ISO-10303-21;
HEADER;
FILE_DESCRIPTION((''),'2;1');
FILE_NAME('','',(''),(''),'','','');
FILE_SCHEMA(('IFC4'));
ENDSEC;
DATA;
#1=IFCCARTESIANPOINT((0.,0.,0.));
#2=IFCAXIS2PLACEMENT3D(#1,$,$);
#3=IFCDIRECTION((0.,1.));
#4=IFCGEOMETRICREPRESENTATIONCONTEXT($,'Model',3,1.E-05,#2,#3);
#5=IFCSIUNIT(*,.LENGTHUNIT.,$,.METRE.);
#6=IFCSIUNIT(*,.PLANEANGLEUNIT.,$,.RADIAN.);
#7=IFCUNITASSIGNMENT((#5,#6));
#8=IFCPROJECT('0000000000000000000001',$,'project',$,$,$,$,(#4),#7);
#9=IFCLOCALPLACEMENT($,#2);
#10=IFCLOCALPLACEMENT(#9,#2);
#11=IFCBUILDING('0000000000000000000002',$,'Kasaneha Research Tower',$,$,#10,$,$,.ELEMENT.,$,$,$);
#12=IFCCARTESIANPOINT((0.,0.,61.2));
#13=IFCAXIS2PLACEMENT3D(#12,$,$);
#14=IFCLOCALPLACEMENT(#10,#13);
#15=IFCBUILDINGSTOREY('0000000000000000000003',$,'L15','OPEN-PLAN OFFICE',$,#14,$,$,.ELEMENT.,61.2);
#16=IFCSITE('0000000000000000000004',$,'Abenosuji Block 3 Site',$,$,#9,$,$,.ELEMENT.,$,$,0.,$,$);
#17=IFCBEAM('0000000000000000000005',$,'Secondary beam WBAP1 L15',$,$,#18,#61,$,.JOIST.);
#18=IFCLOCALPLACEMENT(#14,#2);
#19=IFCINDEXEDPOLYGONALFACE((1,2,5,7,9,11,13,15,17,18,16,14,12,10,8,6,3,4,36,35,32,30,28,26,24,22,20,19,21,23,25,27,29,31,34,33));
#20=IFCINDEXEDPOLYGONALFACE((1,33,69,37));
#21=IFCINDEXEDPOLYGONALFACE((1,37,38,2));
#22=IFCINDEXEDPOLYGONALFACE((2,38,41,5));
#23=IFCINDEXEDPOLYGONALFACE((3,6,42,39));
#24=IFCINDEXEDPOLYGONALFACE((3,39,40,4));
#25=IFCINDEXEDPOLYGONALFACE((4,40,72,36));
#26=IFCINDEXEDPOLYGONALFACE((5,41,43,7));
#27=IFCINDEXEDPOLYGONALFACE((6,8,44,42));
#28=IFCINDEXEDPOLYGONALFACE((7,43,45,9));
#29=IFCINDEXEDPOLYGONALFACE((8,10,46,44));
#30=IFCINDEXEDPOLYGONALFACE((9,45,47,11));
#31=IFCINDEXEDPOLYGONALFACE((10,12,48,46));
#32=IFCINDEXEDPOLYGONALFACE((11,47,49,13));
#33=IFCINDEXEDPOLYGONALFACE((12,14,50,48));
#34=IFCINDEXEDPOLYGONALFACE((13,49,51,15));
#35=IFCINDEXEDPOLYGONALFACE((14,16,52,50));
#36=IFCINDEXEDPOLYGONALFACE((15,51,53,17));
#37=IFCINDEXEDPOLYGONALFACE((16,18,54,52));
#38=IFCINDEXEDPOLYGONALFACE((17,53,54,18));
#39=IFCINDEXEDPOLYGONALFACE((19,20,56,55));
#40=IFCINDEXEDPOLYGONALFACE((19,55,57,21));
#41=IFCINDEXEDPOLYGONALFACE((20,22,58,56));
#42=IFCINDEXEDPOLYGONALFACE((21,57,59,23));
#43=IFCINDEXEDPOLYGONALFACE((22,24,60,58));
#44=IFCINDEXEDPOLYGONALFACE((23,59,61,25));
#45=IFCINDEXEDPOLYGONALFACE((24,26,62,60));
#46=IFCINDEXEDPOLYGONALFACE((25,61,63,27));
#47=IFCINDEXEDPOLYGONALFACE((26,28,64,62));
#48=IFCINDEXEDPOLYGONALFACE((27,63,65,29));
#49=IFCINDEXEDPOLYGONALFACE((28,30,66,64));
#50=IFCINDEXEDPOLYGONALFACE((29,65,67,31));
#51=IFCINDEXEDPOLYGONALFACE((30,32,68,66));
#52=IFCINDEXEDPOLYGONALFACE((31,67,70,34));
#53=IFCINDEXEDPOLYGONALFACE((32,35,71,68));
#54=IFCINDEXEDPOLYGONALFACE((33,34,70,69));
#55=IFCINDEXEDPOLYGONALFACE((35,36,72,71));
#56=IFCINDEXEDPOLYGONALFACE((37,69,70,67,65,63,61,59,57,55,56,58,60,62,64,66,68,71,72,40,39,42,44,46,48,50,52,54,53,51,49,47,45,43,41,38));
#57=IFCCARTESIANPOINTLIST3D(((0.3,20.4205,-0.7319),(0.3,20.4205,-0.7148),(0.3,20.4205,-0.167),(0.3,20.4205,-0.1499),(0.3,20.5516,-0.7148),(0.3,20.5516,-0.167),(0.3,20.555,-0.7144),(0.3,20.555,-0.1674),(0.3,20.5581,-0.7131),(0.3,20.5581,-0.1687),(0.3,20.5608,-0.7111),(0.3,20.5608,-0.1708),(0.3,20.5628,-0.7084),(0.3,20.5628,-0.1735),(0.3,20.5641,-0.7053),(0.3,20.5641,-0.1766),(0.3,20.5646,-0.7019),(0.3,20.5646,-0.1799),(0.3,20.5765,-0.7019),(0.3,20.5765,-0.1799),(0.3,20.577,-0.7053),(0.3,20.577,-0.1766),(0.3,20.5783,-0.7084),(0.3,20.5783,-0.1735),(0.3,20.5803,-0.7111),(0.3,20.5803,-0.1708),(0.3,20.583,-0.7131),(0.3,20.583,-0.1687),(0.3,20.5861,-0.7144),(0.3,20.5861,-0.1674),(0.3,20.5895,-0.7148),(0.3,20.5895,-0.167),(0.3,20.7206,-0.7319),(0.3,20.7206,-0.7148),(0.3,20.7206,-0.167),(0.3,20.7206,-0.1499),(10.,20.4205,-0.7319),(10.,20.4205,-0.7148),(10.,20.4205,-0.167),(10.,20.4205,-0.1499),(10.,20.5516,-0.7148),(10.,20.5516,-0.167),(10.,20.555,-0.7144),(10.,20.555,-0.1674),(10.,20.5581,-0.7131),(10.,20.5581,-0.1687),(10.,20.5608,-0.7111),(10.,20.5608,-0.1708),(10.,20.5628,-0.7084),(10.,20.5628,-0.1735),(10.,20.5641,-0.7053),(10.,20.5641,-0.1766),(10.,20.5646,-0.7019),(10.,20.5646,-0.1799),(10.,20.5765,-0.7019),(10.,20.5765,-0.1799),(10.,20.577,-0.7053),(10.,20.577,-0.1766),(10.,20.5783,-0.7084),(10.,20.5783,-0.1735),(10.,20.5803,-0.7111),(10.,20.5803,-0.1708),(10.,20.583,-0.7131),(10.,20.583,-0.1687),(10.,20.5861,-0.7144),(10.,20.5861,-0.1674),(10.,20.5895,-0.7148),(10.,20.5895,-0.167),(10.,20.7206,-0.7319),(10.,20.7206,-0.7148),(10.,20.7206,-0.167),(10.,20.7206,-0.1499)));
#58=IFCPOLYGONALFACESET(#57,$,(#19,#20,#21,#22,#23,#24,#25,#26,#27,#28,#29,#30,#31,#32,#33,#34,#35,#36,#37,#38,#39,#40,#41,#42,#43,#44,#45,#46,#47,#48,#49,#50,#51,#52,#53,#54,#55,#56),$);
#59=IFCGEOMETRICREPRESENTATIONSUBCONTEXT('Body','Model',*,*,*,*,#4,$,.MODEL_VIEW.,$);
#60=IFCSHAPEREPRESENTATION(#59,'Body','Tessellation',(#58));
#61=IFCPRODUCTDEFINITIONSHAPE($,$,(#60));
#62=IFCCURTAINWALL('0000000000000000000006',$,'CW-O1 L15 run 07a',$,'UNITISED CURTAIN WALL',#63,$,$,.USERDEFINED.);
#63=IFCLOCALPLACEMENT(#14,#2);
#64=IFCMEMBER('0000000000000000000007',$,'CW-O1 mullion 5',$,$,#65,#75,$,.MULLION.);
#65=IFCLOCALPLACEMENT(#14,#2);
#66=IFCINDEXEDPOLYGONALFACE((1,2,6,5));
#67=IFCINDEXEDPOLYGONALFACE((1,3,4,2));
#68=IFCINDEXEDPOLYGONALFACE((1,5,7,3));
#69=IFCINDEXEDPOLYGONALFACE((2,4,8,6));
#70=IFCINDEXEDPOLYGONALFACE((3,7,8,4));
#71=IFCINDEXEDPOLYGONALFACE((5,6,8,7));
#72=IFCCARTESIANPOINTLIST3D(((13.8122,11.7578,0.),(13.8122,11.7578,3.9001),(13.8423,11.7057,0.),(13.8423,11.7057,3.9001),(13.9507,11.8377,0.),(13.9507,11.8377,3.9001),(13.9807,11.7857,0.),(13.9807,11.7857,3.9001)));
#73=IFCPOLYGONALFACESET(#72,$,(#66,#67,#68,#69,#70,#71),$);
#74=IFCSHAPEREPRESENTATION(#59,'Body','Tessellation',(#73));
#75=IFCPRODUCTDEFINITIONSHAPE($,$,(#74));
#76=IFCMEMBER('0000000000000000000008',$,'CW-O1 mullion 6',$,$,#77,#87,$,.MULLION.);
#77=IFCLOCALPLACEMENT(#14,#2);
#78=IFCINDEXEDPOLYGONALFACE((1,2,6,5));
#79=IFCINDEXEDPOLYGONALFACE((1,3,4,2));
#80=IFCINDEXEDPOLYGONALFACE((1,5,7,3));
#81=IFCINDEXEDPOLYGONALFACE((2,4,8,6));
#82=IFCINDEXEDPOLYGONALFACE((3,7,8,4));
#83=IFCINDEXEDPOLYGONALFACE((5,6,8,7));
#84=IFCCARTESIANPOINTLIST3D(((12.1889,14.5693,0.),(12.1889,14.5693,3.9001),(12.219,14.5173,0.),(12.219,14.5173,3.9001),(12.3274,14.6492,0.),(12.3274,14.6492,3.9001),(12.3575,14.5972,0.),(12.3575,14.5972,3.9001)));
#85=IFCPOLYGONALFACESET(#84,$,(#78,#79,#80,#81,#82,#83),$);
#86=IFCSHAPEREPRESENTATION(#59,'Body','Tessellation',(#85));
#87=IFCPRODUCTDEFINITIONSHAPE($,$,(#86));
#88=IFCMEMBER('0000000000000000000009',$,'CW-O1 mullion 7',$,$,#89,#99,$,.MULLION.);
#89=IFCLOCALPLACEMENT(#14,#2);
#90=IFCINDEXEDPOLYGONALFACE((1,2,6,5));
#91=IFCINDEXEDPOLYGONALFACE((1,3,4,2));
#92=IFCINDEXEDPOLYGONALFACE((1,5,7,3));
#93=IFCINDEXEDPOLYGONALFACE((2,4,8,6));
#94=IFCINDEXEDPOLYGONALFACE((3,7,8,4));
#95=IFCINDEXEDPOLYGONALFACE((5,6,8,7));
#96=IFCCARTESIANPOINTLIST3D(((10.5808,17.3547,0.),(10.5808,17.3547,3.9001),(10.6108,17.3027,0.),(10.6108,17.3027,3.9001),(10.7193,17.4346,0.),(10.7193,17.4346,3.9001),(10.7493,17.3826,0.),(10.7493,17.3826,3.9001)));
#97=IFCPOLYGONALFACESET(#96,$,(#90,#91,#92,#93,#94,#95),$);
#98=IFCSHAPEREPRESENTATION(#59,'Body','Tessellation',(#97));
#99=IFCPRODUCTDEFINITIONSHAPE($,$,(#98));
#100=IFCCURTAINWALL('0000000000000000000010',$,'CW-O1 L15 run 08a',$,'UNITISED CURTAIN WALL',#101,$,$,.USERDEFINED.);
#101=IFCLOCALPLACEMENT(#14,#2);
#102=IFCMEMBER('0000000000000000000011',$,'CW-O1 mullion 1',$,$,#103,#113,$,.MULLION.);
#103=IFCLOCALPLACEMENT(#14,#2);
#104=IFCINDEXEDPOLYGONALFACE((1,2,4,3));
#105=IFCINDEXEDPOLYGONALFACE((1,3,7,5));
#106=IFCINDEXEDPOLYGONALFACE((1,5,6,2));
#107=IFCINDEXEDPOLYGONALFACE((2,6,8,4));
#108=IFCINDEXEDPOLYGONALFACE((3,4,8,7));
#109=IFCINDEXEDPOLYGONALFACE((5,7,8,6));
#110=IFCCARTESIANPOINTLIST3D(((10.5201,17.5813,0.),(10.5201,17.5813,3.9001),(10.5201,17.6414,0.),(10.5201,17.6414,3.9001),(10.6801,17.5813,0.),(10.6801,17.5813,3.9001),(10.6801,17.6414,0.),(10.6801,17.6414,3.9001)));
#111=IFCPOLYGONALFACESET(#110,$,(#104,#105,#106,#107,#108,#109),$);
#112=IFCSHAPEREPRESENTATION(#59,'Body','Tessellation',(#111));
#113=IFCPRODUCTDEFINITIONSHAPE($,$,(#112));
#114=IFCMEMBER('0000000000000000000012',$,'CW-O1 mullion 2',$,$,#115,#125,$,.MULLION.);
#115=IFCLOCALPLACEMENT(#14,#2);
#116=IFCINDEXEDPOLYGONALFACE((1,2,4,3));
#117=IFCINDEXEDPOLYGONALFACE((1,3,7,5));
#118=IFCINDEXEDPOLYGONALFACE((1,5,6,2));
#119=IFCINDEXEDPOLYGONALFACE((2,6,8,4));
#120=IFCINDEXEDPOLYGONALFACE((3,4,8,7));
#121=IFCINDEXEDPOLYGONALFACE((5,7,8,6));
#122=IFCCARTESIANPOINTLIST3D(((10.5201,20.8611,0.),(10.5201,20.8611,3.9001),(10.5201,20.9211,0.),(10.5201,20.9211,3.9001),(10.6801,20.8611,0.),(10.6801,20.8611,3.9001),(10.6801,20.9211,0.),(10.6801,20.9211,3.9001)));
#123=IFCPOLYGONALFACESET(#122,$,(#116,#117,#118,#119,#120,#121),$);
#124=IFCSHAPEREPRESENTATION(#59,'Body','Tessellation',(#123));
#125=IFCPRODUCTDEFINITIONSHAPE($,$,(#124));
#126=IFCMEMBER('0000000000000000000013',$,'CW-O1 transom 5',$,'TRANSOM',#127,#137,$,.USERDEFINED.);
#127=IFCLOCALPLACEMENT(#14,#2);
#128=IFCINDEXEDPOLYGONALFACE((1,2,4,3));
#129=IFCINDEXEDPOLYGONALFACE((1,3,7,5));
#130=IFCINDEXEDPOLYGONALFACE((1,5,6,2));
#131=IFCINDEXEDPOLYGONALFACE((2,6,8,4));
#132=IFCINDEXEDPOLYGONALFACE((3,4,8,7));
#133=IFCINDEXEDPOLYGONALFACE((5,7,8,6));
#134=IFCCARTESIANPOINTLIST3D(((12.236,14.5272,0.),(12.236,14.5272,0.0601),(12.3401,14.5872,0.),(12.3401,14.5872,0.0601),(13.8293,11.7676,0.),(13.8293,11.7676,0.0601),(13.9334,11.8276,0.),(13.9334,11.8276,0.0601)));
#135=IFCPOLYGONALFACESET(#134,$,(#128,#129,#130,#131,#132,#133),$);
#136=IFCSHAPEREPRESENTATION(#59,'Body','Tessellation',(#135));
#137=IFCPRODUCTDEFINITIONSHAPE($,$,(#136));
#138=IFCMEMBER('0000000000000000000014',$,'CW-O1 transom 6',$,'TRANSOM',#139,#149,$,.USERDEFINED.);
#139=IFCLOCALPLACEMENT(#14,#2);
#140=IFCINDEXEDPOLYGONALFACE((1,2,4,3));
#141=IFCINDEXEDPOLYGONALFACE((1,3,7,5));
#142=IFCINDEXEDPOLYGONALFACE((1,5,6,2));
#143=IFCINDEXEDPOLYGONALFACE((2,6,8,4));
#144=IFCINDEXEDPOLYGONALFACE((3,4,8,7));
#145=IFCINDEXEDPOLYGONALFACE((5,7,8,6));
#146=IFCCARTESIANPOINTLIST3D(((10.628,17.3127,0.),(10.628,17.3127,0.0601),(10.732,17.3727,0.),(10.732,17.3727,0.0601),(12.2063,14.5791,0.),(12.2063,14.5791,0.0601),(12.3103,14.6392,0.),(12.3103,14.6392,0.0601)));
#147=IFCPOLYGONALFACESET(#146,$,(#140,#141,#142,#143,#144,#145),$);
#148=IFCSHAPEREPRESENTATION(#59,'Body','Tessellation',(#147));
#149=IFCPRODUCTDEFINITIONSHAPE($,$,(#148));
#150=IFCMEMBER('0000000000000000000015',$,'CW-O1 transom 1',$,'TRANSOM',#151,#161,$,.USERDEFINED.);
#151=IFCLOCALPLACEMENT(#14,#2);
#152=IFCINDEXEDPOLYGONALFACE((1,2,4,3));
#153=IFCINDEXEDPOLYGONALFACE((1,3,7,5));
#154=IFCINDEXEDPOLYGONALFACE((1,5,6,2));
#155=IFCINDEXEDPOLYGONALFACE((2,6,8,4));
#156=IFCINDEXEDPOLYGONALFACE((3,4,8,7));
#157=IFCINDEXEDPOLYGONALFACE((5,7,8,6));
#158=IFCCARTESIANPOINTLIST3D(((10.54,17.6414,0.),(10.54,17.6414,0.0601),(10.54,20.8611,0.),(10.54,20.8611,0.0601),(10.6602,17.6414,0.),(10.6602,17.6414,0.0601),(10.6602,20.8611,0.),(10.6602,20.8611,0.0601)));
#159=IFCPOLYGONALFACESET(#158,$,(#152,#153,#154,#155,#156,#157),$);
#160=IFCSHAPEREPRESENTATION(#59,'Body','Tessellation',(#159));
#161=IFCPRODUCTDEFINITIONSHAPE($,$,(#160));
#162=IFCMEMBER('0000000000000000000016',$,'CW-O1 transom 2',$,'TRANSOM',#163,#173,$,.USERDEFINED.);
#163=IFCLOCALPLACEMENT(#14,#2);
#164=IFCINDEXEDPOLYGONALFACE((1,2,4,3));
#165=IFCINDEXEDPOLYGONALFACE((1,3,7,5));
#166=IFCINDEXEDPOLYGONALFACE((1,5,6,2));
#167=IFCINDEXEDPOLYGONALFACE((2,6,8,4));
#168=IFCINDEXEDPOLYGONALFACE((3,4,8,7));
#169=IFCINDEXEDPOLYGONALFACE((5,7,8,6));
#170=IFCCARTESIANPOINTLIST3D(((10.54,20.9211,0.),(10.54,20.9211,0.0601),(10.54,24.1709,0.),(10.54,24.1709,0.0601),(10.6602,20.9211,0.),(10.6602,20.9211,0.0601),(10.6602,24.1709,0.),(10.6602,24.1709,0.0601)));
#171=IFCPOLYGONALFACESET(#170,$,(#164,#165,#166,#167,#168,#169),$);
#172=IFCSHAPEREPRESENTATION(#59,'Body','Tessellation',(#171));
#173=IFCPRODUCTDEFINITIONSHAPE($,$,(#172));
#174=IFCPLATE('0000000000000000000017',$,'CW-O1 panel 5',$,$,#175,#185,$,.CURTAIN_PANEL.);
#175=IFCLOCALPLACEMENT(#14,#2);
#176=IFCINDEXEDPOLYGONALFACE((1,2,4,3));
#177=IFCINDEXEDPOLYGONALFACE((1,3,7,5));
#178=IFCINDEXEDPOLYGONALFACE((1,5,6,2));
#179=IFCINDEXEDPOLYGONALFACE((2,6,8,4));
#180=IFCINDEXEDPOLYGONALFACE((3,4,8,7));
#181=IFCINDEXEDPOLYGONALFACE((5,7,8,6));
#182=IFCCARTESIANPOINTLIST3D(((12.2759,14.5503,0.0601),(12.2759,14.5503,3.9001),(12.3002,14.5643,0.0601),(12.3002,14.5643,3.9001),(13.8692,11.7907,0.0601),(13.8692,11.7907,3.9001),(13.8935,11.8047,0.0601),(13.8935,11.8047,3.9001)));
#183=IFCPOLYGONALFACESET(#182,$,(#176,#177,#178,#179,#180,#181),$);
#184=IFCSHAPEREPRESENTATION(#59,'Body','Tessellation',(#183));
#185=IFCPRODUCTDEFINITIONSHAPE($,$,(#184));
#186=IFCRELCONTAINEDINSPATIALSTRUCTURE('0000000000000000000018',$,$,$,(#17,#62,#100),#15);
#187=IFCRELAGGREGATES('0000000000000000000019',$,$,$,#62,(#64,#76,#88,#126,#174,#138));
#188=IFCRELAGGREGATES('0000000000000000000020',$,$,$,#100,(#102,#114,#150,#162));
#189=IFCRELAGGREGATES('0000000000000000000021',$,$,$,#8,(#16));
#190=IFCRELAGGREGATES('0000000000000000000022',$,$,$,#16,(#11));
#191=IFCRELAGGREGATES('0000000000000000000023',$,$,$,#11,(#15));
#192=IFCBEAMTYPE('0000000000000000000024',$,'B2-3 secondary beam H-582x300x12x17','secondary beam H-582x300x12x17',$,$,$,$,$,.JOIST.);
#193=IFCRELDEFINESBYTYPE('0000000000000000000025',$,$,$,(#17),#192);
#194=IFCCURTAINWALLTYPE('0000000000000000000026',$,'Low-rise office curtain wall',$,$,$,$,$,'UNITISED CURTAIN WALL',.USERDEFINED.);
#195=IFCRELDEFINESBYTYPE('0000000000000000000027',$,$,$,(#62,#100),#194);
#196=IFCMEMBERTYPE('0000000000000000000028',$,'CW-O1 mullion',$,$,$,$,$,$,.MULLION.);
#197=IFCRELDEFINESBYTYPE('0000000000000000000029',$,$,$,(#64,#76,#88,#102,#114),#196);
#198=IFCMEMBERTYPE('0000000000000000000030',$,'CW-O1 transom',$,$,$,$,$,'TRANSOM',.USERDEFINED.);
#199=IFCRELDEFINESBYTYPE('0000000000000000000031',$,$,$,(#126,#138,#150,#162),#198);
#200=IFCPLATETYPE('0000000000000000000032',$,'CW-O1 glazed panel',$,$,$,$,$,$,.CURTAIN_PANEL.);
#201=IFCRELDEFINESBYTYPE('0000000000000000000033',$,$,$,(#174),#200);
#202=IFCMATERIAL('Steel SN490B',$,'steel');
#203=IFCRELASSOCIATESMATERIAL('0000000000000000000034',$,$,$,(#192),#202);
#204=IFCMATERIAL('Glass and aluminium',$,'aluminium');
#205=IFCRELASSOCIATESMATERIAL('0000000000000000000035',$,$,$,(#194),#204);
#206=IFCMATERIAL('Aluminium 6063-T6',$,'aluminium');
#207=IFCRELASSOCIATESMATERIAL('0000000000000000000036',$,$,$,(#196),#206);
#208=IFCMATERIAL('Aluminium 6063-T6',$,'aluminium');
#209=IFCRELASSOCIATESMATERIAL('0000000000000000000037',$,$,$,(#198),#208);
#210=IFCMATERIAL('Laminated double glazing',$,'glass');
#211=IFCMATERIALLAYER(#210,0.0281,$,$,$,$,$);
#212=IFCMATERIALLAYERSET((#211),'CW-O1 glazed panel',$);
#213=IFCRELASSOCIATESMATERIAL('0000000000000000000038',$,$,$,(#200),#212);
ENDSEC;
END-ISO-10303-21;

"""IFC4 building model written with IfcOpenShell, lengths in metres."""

from ifc_helpers import new_model, si_unit, direction, frame, origin, origin_2d, place, context, subcontext, project, spatial, rectangle, i_section, extrude, material, layer, layer_set, material_profile, profile_set, type_object, element, aggregate, save


model = new_model("IFC4")

# Units and contexts
model_context = context("Model", 3, precision=1e-05, world=origin(), true_north=direction((0.0, 1.0)))
body_context = subcontext(model_context, "Body", "Model", "MODEL_VIEW")
ifc_project = project(units=[si_unit("LENGTHUNIT", "METRE"), si_unit("PLANEANGLEUNIT", "RADIAN")], contexts=[model_context])

# Site, building, storey
site_placement = place(None, origin())
site = spatial("IfcSite", under=ifc_project, at=site_placement, Name="Abenosuji Block 3 Site", CompositionType="ELEMENT", RefElevation=0.0)
building_placement = place(site_placement, origin())
building = spatial("IfcBuilding", under=site, at=building_placement, Name="Kasaneha Research Tower", CompositionType="ELEMENT")
storey_placement = place(building_placement, frame((0.0, 0.0, 61.2)))
storey = spatial("IfcBuildingStorey", under=building, at=storey_placement, Name="L15", Description="OPEN-PLAN OFFICE", CompositionType="ELEMENT", Elevation=61.2)

# Beam
ifc_material_1 = material(Name="Steel SN490B", Category="steel")
ifc_material_profile_1 = material_profile(ifc_material_1, i_section(OverallWidth=0.3, OverallDepth=0.582, WebThickness=0.012, FlangeThickness=0.0171, FilletRadius=0.0129, at=origin_2d()), Name="H-582x300x12x17")
ifc_profile_set_1 = profile_set([ifc_material_profile_1], Name="Steel SN490B")
beam_type = type_object("IfcBeamType", Name="B2-3 secondary beam H-582x300x12x17", Description="secondary beam H-582x300x12x17", PredefinedType="JOIST", material=ifc_profile_set_1)
beam_placement = place(storey_placement, frame((10.0, 20.5706, -0.4409), z_axis=(-1.0, 0.0, 0.0), x_axis=(0.0, -1.0, 0.0)))
element("IfcBeam", 1, at=beam_placement, inside=storey, type_object=beam_type, Name="Secondary beam WBAP1 L15", PredefinedType="JOIST", context=body_context, shape_type="SweptSolid", body=[
    extrude(i_section(OverallWidth=0.3, OverallDepth=0.582, WebThickness=0.012, FlangeThickness=0.0171, FilletRadius=0.0129, at=origin_2d()), origin(), (0.0, 0.0, 1.0), 9.7),
])

# Curtain walls, members
ifc_material_2 = material(Name="Glass and aluminium", Category="aluminium")
curtain_wall_type = type_object("IfcCurtainWallType", Name="Low-rise office curtain wall", ElementType="UNITISED CURTAIN WALL", PredefinedType="USERDEFINED", material=ifc_material_2)
curtain_wall_1_placement = place(storey_placement, origin())
curtain_wall_1 = element("IfcCurtainWall", 2, at=curtain_wall_1_placement, inside=storey, type_object=curtain_wall_type, Name="CW-O1 L15 run 07a", ObjectType="UNITISED CURTAIN WALL", PredefinedType="USERDEFINED")
ifc_material_3 = material(Name="Aluminium 6063-T6", Category="aluminium")
ifc_material_profile_2 = material_profile(ifc_material_3, rectangle(XDim=0.0601, YDim=0.1599, at=origin_2d()), Name="CW-O1 mullion 60x160")
ifc_profile_set_2 = profile_set([ifc_material_profile_2], Name="Aluminium 6063-T6")
member_type_1 = type_object("IfcMemberType", Name="CW-O1 mullion", PredefinedType="MULLION", material=ifc_profile_set_2)
member_1_placement = place(storey_placement, frame((13.8965, 11.7717, 0.0), z_axis=(0.0, 0.0, 1.0), x_axis=(-0.5, 0.866025, 0.0)))
member_1 = element("IfcMember", 3, at=member_1_placement, type_object=member_type_1, Name="CW-O1 mullion 5", PredefinedType="MULLION", context=body_context, shape_type="SweptSolid", body=[
    extrude(rectangle(XDim=0.0601, YDim=0.1599, at=origin_2d()), origin(), (0.0, 0.0, 1.0), 3.9001),
])
member_2_placement = place(storey_placement, frame((12.2732, 14.5833, 0.0), z_axis=(0.0, 0.0, 1.0), x_axis=(-0.5, 0.866025, 0.0)))
member_2 = element("IfcMember", 4, at=member_2_placement, type_object=member_type_1, Name="CW-O1 mullion 6", PredefinedType="MULLION", context=body_context, shape_type="SweptSolid", body=[
    extrude(rectangle(XDim=0.0601, YDim=0.1599, at=origin_2d()), origin(), (0.0, 0.0, 1.0), 3.9001),
])
member_3_placement = place(storey_placement, frame((10.665, 17.3687, 0.0), z_axis=(0.0, 0.0, 1.0), x_axis=(-0.5, 0.866025, 0.0)))
member_3 = element("IfcMember", 5, at=member_3_placement, type_object=member_type_1, Name="CW-O1 mullion 7", PredefinedType="MULLION", context=body_context, shape_type="SweptSolid", body=[
    extrude(rectangle(XDim=0.0601, YDim=0.1599, at=origin_2d()), origin(), (0.0, 0.0, 1.0), 3.9001),
])
curtain_wall_2_placement = place(storey_placement, origin())
curtain_wall_2 = element("IfcCurtainWall", 6, at=curtain_wall_2_placement, inside=storey, type_object=curtain_wall_type, Name="CW-O1 L15 run 08a", ObjectType="UNITISED CURTAIN WALL", PredefinedType="USERDEFINED")
member_4_placement = place(storey_placement, frame((10.6001, 17.6113, 0.0), z_axis=(0.0, 0.0, 1.0), x_axis=(0.0, 1.0, 0.0)))
member_4 = element("IfcMember", 7, at=member_4_placement, type_object=member_type_1, Name="CW-O1 mullion 1", PredefinedType="MULLION", context=body_context, shape_type="SweptSolid", body=[
    extrude(rectangle(XDim=0.0601, YDim=0.1599, at=origin_2d()), origin(), (0.0, 0.0, 1.0), 3.9001),
])
member_5_placement = place(storey_placement, frame((10.6001, 20.8911, 0.0), z_axis=(0.0, 0.0, 1.0), x_axis=(0.0, 1.0, 0.0)))
member_5 = element("IfcMember", 8, at=member_5_placement, type_object=member_type_1, Name="CW-O1 mullion 2", PredefinedType="MULLION", context=body_context, shape_type="SweptSolid", body=[
    extrude(rectangle(XDim=0.0601, YDim=0.1599, at=origin_2d()), origin(), (0.0, 0.0, 1.0), 3.9001),
])

# Members
ifc_material_4 = material(Name="Aluminium 6063-T6", Category="aluminium")
ifc_material_profile_3 = material_profile(ifc_material_4, rectangle(XDim=0.1201, YDim=0.0601, at=origin_2d()), Name="CW-O1 transom 120x60")
ifc_profile_set_3 = profile_set([ifc_material_profile_3], Name="Aluminium 6063-T6")
member_type_2 = type_object("IfcMemberType", Name="CW-O1 transom", ElementType="TRANSOM", PredefinedType="USERDEFINED", material=ifc_profile_set_3)
member_6_placement = place(storey_placement, frame((13.8813, 11.7976, 0.03), z_axis=(-0.500012, 0.866018, 0.0), x_axis=(-0.866018, -0.500012, 0.0)))
member_6 = element("IfcMember", 9, at=member_6_placement, type_object=member_type_2, Name="CW-O1 transom 5", ObjectType="TRANSOM", PredefinedType="USERDEFINED", context=body_context, shape_type="SweptSolid", body=[
    extrude(rectangle(XDim=0.1201, YDim=0.0601, at=origin_2d()), origin(), (0.0, 0.0, 1.0), 3.1865),
])
member_7_placement = place(storey_placement, frame((12.2583, 14.6091, 0.03), z_axis=(-0.500024, 0.866012, 0.0), x_axis=(-0.866012, -0.500024, 0.0)))
member_7 = element("IfcMember", 10, at=member_7_placement, type_object=member_type_2, Name="CW-O1 transom 6", ObjectType="TRANSOM", PredefinedType="USERDEFINED", context=body_context, shape_type="SweptSolid", body=[
    extrude(rectangle(XDim=0.1201, YDim=0.0601, at=origin_2d()), origin(), (0.0, 0.0, 1.0), 3.1565),
])
member_8_placement = place(storey_placement, frame((10.6001, 17.6414, 0.03), z_axis=(0.0, 1.0, 0.0), x_axis=(-1.0, 0.0, 0.0)))
member_8 = element("IfcMember", 11, at=member_8_placement, type_object=member_type_2, Name="CW-O1 transom 1", ObjectType="TRANSOM", PredefinedType="USERDEFINED", context=body_context, shape_type="SweptSolid", body=[
    extrude(rectangle(XDim=0.1201, YDim=0.0601, at=origin_2d()), origin(), (0.0, 0.0, 1.0), 3.2197),
])
member_9_placement = place(storey_placement, frame((10.6001, 20.9211, 0.03), z_axis=(0.0, 1.0, 0.0), x_axis=(-1.0, 0.0, 0.0)))
member_9 = element("IfcMember", 12, at=member_9_placement, type_object=member_type_2, Name="CW-O1 transom 2", ObjectType="TRANSOM", PredefinedType="USERDEFINED", context=body_context, shape_type="SweptSolid", body=[
    extrude(rectangle(XDim=0.1201, YDim=0.0601, at=origin_2d()), origin(), (0.0, 0.0, 1.0), 3.2498),
])

# Plate
ifc_material_5 = material(Name="Laminated double glazing", Category="glass")
ifc_layer_1 = layer(ifc_material_5, 0.0281)
ifc_layer_set_1 = layer_set([ifc_layer_1], Name="CW-O1 glazed panel")
plate_type = type_object("IfcPlateType", Name="CW-O1 glazed panel", PredefinedType="CURTAIN_PANEL", material=ifc_layer_set_1)
plate_1_placement = place(storey_placement, frame((13.0847, 13.1775, 0.0601), z_axis=(0.0, 0.0, 1.0), x_axis=(-0.5, 0.866025, 0.0)))
plate_1 = element("IfcPlate", 13, at=plate_1_placement, type_object=plate_type, Name="CW-O1 panel 5", PredefinedType="CURTAIN_PANEL", context=body_context, shape_type="SweptSolid", body=[
    extrude(rectangle(XDim=3.1865, YDim=0.0281, at=origin_2d()), origin(), (0.0, 0.0, 1.0), 3.8401),
])
aggregate(curtain_wall_1, [member_1, member_2, member_3, member_6, plate_1, member_7])
aggregate(curtain_wall_2, [member_4, member_5, member_8, member_9])

save(model, "model.ifc")
